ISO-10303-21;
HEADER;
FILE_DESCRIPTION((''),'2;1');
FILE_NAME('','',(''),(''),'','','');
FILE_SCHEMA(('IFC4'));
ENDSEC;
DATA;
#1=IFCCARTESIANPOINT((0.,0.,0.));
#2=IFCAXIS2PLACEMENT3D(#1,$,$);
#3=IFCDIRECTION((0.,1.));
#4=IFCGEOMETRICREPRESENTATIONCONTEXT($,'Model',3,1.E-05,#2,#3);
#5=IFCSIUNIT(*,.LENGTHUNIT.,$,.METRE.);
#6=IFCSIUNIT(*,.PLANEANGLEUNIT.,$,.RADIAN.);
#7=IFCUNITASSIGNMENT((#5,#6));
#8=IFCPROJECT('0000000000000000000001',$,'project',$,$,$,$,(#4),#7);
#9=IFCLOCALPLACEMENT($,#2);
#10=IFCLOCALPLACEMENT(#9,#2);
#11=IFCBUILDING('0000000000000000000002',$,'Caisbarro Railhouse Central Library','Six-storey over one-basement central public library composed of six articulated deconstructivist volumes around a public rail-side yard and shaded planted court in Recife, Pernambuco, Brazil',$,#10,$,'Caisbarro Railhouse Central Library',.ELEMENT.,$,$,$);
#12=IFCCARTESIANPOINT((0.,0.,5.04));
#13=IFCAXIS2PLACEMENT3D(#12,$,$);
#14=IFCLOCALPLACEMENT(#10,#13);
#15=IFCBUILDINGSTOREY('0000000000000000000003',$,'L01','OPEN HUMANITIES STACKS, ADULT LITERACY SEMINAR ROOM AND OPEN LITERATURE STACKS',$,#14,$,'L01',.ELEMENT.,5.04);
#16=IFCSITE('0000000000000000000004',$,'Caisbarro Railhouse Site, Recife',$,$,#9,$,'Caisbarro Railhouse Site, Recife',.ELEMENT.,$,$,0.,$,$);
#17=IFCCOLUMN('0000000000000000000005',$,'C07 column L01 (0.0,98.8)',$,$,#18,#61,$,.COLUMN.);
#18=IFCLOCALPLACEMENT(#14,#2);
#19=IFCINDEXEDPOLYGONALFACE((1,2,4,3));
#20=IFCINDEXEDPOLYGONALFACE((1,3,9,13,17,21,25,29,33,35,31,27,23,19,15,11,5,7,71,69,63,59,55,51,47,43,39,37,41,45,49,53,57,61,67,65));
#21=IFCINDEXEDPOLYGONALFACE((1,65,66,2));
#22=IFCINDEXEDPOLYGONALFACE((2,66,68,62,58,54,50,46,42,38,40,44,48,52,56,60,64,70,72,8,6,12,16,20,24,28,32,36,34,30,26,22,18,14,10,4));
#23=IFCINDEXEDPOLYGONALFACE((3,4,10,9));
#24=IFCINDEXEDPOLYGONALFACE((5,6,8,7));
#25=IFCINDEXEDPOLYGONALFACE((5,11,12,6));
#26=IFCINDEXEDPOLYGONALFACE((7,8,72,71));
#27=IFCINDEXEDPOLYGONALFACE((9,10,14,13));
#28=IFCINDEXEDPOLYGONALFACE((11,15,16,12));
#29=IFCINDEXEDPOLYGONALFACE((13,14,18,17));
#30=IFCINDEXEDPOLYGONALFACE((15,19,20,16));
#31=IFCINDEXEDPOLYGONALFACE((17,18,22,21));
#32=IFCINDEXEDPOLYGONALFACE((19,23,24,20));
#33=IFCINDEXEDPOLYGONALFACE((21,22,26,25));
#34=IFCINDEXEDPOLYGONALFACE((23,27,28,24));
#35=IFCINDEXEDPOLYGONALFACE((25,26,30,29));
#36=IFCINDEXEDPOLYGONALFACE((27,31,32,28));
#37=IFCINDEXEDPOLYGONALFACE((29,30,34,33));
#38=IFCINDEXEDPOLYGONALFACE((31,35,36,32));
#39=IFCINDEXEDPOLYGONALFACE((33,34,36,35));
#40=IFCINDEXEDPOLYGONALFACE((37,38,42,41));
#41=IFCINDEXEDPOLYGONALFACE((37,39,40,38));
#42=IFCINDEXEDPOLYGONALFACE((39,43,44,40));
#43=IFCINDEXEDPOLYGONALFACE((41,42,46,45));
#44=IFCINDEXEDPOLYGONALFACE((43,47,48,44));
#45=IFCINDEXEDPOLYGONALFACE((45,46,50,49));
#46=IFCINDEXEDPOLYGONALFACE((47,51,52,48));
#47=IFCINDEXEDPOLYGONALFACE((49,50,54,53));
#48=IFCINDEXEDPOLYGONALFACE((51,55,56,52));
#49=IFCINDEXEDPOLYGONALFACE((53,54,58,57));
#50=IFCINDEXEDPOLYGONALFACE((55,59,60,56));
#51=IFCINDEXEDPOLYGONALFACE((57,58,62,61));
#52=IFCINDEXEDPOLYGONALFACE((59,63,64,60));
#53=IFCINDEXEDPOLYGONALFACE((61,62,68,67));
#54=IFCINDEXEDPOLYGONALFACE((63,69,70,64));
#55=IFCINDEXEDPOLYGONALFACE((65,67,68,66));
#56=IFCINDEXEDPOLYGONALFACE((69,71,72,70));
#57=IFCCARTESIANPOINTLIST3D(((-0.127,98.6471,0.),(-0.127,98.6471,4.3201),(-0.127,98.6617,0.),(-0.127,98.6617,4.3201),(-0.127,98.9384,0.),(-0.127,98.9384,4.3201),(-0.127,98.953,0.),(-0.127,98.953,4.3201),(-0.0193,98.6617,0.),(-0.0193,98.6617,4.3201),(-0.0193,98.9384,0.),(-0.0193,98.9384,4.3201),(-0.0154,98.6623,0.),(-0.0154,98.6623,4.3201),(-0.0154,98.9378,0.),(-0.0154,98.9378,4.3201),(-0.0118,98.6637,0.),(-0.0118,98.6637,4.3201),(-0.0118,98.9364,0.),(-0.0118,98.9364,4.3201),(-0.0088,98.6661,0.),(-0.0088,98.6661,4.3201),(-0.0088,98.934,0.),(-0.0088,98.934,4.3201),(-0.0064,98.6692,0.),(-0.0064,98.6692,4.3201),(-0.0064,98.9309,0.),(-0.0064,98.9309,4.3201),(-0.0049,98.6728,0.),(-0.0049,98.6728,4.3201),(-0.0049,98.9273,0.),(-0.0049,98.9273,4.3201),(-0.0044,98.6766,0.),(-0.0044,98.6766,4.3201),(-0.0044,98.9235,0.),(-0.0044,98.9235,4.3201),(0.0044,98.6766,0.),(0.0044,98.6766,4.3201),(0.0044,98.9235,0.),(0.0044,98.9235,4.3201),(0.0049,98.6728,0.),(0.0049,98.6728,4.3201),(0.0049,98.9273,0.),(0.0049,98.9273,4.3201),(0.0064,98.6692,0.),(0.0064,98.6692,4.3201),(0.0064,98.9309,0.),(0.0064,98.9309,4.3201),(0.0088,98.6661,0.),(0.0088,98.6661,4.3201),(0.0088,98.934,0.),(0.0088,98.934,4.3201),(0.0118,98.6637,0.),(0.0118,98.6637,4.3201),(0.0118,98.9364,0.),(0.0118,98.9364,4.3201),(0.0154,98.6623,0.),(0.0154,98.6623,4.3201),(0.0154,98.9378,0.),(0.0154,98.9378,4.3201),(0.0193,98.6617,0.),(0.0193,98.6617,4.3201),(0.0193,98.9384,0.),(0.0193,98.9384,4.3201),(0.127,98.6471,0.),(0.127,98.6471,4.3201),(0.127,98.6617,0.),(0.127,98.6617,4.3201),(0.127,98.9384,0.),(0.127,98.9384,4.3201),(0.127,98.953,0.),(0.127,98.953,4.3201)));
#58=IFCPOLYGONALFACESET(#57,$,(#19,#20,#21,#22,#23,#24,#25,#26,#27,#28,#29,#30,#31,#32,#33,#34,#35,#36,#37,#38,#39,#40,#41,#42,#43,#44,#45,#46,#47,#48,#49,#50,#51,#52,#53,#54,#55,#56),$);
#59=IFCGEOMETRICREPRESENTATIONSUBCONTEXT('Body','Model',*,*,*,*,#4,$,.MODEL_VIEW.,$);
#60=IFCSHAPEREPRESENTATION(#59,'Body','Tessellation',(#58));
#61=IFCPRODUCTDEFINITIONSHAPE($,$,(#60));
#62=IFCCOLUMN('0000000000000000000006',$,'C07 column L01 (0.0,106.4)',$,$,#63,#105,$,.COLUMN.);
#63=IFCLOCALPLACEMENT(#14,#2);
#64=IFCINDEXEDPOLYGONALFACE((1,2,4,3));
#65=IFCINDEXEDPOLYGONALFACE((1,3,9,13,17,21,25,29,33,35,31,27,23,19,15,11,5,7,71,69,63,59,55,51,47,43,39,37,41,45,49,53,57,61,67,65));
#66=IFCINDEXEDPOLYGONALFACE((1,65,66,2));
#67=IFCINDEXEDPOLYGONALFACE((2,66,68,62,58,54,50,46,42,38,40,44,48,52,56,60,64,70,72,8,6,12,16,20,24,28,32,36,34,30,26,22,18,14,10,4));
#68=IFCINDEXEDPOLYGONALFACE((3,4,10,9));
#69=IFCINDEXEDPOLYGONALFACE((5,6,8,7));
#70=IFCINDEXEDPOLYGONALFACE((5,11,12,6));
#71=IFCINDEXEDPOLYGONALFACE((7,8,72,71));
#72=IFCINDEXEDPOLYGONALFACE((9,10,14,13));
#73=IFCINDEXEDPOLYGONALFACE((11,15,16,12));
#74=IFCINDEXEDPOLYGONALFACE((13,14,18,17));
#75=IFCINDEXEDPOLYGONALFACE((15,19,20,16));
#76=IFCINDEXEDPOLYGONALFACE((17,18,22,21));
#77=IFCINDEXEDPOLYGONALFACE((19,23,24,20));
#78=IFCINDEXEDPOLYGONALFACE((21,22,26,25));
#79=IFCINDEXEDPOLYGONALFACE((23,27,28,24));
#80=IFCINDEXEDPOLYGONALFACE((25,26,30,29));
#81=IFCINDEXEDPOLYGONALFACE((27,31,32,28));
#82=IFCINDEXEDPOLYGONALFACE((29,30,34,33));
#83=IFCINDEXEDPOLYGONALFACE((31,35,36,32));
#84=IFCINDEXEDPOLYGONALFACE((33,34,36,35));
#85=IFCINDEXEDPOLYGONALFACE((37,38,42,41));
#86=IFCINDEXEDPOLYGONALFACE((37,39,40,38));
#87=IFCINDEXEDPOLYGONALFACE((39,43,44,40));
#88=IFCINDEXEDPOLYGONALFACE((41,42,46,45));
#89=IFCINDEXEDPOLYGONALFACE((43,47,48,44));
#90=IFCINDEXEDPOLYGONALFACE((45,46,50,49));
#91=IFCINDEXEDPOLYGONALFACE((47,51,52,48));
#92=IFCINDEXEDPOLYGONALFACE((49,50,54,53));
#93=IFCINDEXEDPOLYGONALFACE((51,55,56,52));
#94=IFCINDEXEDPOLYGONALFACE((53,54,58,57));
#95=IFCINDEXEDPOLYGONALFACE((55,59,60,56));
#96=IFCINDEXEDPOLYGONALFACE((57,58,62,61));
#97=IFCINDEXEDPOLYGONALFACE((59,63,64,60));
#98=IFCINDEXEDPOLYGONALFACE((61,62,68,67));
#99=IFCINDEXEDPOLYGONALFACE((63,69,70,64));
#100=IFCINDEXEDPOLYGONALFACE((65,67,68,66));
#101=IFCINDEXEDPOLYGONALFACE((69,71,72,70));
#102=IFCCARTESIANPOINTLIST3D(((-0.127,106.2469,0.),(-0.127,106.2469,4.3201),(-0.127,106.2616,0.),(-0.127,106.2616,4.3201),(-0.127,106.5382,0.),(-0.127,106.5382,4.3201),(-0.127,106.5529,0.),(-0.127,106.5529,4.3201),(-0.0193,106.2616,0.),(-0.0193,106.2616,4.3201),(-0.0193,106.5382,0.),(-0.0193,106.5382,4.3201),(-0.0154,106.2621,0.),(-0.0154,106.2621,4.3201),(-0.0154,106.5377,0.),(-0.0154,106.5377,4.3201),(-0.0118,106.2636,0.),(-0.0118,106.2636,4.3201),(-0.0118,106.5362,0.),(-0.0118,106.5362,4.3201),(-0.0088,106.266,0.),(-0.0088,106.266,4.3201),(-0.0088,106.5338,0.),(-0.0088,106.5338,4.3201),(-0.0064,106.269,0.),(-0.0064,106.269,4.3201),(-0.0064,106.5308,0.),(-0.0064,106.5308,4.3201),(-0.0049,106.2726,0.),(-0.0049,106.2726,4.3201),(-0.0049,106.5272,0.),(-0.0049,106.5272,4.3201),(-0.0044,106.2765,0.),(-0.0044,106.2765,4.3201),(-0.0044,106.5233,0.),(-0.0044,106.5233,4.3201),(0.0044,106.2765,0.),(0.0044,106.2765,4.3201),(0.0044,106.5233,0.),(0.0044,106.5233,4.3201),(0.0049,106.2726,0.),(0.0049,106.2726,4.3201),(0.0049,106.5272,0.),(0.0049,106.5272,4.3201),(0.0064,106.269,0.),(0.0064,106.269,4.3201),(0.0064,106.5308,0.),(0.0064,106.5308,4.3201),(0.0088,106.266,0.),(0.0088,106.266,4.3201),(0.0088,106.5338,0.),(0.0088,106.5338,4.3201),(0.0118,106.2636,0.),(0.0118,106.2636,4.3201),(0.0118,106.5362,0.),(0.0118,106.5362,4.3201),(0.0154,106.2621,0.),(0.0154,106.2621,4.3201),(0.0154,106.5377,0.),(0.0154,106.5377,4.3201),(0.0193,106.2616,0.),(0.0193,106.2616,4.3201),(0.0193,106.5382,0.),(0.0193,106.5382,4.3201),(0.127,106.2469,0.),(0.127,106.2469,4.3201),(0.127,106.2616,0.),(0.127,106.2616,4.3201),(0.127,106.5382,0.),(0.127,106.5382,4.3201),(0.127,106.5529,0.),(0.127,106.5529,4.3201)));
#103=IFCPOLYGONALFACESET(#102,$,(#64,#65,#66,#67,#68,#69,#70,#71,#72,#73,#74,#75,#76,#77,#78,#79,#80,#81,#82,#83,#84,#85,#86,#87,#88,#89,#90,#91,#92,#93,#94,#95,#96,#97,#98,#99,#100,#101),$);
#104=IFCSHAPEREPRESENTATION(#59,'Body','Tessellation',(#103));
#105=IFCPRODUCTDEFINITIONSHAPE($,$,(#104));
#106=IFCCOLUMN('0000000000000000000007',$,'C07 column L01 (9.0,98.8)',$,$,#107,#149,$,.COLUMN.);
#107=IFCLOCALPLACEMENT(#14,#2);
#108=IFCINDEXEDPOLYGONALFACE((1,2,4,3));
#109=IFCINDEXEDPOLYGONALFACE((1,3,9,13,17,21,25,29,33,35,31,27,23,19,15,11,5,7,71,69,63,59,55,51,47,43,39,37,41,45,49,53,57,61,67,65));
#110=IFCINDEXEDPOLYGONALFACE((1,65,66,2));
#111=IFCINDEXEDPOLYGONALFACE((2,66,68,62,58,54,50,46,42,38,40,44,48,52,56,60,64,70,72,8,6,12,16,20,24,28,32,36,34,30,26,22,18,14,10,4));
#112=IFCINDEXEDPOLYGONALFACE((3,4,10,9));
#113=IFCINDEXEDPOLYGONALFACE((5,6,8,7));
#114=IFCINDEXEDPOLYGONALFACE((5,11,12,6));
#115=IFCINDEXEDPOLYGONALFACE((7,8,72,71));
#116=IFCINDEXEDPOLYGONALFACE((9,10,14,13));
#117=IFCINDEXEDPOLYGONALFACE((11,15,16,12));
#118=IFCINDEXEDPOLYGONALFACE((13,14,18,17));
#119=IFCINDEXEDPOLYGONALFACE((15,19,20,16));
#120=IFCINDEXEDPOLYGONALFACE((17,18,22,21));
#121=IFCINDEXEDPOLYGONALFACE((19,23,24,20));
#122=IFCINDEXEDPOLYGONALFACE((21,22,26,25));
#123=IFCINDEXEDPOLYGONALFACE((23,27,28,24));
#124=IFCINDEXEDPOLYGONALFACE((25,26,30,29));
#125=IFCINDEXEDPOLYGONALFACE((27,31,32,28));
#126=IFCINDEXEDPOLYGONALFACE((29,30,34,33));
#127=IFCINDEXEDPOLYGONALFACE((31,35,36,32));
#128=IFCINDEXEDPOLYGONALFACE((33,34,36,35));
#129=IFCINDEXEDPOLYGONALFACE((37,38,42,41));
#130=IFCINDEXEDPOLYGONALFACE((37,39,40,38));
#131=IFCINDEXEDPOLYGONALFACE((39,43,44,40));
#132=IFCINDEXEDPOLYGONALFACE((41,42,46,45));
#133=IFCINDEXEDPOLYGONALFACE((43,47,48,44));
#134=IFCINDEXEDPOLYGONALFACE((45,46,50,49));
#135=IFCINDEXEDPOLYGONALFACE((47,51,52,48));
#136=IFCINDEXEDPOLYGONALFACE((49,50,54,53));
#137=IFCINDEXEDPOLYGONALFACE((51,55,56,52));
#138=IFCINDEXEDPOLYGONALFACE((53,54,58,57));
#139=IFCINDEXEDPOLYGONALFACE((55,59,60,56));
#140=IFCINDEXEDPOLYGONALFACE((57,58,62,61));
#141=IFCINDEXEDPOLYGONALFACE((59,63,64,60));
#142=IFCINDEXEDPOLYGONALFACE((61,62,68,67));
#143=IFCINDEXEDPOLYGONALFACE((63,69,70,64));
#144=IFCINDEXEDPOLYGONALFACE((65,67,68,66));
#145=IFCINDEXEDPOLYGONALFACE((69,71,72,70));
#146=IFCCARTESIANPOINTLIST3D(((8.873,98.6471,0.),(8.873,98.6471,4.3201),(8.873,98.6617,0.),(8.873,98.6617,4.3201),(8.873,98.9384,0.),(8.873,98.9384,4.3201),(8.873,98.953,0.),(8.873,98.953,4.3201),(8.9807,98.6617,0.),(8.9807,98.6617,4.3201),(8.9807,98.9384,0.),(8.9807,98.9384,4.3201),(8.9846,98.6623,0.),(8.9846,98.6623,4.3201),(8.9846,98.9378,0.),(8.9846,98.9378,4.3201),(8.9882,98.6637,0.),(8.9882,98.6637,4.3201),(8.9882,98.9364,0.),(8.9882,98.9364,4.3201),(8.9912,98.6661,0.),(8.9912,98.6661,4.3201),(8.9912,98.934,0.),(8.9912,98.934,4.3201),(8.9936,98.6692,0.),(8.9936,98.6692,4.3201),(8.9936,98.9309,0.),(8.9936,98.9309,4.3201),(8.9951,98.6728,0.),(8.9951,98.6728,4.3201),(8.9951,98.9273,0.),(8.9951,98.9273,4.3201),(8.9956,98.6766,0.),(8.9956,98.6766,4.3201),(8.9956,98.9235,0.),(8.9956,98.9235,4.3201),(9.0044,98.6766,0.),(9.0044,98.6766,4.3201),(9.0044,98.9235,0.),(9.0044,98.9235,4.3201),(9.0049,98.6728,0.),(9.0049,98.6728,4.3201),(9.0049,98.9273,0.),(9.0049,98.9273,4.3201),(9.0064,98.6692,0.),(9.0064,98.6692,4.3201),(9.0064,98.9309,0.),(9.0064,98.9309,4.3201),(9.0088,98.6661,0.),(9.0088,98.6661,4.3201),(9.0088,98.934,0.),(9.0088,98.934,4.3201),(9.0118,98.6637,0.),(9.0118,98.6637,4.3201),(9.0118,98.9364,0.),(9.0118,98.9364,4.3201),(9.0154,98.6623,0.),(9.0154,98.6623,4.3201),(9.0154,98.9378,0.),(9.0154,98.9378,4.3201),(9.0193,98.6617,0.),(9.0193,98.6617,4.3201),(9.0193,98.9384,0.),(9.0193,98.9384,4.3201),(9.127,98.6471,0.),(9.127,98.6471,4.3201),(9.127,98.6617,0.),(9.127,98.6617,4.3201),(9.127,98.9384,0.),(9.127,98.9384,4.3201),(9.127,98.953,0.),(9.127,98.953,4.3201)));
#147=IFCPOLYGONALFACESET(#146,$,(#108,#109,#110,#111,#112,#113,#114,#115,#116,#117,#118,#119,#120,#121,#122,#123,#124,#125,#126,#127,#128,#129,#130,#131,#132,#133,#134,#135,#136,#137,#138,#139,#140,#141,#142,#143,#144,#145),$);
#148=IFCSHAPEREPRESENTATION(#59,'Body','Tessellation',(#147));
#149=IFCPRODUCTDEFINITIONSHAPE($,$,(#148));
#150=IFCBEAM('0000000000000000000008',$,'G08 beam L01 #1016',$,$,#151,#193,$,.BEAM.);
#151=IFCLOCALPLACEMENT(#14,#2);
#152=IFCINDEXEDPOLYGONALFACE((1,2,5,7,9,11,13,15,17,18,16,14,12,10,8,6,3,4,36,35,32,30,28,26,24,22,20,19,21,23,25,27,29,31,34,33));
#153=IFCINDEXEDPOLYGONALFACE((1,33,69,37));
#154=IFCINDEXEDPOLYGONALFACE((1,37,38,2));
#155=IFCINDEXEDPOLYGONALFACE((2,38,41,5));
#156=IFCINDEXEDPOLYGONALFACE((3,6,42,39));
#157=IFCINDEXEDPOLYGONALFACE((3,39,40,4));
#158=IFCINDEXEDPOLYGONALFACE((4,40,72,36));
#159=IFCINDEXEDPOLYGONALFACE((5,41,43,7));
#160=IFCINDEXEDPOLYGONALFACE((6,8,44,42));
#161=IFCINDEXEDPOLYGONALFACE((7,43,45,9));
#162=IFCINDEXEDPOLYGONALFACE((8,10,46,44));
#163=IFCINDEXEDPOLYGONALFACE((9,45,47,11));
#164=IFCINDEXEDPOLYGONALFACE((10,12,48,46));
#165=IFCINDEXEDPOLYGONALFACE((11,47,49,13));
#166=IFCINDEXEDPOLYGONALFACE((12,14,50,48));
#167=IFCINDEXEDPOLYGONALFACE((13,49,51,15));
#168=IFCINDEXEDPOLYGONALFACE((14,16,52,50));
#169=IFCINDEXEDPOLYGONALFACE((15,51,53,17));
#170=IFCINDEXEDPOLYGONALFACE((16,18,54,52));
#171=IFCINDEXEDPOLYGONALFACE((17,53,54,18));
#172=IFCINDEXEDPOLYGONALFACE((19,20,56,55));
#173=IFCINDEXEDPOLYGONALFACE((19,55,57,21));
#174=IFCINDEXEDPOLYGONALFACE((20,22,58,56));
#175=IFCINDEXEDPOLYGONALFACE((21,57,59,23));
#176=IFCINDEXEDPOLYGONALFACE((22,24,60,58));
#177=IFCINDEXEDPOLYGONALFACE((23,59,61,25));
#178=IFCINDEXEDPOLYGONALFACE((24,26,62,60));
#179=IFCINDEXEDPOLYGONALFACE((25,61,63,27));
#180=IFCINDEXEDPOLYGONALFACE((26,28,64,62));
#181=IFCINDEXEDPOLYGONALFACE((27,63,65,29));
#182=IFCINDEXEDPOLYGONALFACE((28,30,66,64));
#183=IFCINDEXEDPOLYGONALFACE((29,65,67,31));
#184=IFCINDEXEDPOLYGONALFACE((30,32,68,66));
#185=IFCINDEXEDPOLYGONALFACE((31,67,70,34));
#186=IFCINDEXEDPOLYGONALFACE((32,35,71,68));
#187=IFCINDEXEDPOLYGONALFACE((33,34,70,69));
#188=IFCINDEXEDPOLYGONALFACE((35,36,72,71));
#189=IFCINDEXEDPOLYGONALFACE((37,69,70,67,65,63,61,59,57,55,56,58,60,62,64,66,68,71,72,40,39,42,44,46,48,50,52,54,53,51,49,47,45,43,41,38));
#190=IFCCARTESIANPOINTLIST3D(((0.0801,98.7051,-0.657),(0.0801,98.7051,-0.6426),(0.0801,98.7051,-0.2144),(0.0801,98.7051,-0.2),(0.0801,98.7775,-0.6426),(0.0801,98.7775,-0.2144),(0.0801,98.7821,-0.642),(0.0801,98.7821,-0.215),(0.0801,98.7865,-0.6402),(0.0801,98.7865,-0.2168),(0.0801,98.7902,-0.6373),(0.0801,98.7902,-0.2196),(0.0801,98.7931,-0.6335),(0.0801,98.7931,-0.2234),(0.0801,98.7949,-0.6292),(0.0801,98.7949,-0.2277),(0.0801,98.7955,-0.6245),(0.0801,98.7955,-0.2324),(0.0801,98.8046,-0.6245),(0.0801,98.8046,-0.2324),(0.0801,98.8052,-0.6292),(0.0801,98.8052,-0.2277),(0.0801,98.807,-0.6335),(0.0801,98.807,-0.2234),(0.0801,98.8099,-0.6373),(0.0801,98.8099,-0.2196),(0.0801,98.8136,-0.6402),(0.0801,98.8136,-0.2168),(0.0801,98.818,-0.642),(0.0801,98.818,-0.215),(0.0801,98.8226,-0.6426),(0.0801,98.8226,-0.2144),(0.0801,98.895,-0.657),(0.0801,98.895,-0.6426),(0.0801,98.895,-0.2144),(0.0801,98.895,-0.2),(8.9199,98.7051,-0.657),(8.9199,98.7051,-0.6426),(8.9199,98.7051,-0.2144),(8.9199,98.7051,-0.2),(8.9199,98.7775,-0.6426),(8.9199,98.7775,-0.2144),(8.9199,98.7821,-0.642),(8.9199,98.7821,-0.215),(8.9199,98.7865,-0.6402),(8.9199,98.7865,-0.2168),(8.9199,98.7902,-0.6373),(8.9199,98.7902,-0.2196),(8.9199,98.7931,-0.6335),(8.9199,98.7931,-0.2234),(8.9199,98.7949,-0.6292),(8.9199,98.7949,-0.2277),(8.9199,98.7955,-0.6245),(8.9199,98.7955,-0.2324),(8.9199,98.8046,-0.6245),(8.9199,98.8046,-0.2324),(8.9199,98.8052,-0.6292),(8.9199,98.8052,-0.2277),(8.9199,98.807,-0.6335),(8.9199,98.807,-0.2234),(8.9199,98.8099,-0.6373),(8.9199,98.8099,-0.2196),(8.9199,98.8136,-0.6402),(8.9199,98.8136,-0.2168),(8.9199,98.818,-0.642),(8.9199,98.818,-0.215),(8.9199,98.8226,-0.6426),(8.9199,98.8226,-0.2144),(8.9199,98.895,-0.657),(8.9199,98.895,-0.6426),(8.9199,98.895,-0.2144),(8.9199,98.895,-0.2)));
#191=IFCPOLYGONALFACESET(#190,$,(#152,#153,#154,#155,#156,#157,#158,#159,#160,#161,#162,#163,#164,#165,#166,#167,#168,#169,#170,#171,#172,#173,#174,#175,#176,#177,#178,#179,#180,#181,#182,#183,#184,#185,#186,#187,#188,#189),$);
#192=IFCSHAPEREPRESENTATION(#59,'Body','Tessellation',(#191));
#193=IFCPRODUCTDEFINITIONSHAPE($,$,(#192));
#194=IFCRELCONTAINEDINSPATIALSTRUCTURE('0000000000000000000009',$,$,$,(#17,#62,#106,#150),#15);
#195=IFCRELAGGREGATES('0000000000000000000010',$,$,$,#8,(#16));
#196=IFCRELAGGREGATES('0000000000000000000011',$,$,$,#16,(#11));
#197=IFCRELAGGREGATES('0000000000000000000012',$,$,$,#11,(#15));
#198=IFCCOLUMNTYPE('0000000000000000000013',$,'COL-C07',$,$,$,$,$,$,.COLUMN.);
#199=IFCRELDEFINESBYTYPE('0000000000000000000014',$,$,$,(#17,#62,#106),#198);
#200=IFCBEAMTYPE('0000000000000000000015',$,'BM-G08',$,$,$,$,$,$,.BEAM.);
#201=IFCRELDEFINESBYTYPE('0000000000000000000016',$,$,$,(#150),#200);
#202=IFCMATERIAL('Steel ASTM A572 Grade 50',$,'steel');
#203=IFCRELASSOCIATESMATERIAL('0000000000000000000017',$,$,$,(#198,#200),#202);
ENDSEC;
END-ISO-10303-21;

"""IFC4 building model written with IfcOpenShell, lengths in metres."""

from ifc_helpers import new_model, si_unit, direction, frame, origin, origin_2d, place, context, subcontext, project, spatial, i_section, extrude, material, material_profile, profile_set, type_object, element, save


model = new_model("IFC4")

# Units and contexts
model_context = context("Model", 3, precision=1e-05, world=origin(), true_north=direction((0.0, 1.0)))
body_context = subcontext(model_context, "Body", "Model", "MODEL_VIEW")
ifc_project = project(units=[si_unit("LENGTHUNIT", "METRE"), si_unit("PLANEANGLEUNIT", "RADIAN")], contexts=[model_context])

# Site, building, storey
site_placement = place(None, origin())
site = spatial("IfcSite", under=ifc_project, at=site_placement, Name="Caisbarro Railhouse Site, Recife", LongName="Caisbarro Railhouse Site, Recife", CompositionType="ELEMENT", RefElevation=0.0)
building_placement = place(site_placement, origin())
building = spatial("IfcBuilding", under=site, at=building_placement, Name="Caisbarro Railhouse Central Library", Description="Six-storey over one-basement central public library composed of six articulated deconstructivist volumes around a public rail-side yard and shaded planted court in Recife, Pernambuco, Brazil", LongName="Caisbarro Railhouse Central Library", CompositionType="ELEMENT")
storey_placement = place(building_placement, frame((0.0, 0.0, 5.04)))
storey = spatial("IfcBuildingStorey", under=building, at=storey_placement, Name="L01", Description="OPEN HUMANITIES STACKS, ADULT LITERACY SEMINAR ROOM AND OPEN LITERATURE STACKS", LongName="L01", CompositionType="ELEMENT", Elevation=5.04)

# Columns
ifc_material_1 = material(Name="Steel ASTM A572 Grade 50", Category="steel")
ifc_material_profile_1 = material_profile(ifc_material_1, i_section(OverallWidth=0.2539, OverallDepth=0.3059, WebThickness=0.0088, FlangeThickness=0.0146, FilletRadius=0.0149, at=origin_2d()), Name="W310X79.0")
ifc_profile_set_1 = profile_set([ifc_material_profile_1], Name="Steel ASTM A572 Grade 50")
column_type = type_object("IfcColumnType", Name="COL-C07", PredefinedType="COLUMN", material=ifc_profile_set_1)
for number, where, z_axis, x_axis, name in (
    (1, (0.0, 98.8, 0.0), (0.0, 0.0, 1.0), (1.0, 0.0, 0.0), "C07 column L01 (0.0,98.8)"),
    (2, (0.0, 106.3999, 0.0), (0.0, 0.0, 1.0), (1.0, 0.0, 0.0), "C07 column L01 (0.0,106.4)"),
    (3, (9.0, 98.8, 0.0), (0.0, 0.0, 1.0), (1.0, 0.0, 0.0), "C07 column L01 (9.0,98.8)"),
):
    element("IfcColumn", number, at=place(storey_placement, frame(where, z_axis=z_axis, x_axis=x_axis)), inside=storey, type_object=column_type, Name=name, PredefinedType="COLUMN", context=body_context, shape_type="SweptSolid", body=[
        extrude(i_section(OverallWidth=0.2539, OverallDepth=0.3059, WebThickness=0.0088, FlangeThickness=0.0146, FilletRadius=0.0149, at=origin_2d()), origin(), (0.0, 0.0, 1.0), 4.3201),
    ])

# Beam
ifc_material_profile_2 = material_profile(ifc_material_1, i_section(OverallWidth=0.1899, OverallDepth=0.457, WebThickness=0.009, FlangeThickness=0.0144, FilletRadius=0.0181, at=origin_2d()), Name="W460X74.0")
ifc_profile_set_2 = profile_set([ifc_material_profile_2], Name="Steel ASTM A572 Grade 50")
beam_type_1 = type_object("IfcBeamType", Name="BM-G08", PredefinedType="BEAM", material=ifc_profile_set_2)
beam_1_placement = place(storey_placement, frame((0.0801, 98.8, -0.4285), z_axis=(1.0, 0.0, 0.0), x_axis=(0.0, 1.0, 0.0)))
element("IfcBeam", 4, at=beam_1_placement, inside=storey, type_object=beam_type_1, Name="G08 beam L01 #1016", PredefinedType="BEAM", context=body_context, shape_type="SweptSolid", body=[
    extrude(i_section(OverallWidth=0.1899, OverallDepth=0.457, WebThickness=0.009, FlangeThickness=0.0144, FilletRadius=0.0181, at=origin_2d()), origin(), (0.0, 0.0, 1.0), 8.8398),
])

save(model, "model.ifc")
